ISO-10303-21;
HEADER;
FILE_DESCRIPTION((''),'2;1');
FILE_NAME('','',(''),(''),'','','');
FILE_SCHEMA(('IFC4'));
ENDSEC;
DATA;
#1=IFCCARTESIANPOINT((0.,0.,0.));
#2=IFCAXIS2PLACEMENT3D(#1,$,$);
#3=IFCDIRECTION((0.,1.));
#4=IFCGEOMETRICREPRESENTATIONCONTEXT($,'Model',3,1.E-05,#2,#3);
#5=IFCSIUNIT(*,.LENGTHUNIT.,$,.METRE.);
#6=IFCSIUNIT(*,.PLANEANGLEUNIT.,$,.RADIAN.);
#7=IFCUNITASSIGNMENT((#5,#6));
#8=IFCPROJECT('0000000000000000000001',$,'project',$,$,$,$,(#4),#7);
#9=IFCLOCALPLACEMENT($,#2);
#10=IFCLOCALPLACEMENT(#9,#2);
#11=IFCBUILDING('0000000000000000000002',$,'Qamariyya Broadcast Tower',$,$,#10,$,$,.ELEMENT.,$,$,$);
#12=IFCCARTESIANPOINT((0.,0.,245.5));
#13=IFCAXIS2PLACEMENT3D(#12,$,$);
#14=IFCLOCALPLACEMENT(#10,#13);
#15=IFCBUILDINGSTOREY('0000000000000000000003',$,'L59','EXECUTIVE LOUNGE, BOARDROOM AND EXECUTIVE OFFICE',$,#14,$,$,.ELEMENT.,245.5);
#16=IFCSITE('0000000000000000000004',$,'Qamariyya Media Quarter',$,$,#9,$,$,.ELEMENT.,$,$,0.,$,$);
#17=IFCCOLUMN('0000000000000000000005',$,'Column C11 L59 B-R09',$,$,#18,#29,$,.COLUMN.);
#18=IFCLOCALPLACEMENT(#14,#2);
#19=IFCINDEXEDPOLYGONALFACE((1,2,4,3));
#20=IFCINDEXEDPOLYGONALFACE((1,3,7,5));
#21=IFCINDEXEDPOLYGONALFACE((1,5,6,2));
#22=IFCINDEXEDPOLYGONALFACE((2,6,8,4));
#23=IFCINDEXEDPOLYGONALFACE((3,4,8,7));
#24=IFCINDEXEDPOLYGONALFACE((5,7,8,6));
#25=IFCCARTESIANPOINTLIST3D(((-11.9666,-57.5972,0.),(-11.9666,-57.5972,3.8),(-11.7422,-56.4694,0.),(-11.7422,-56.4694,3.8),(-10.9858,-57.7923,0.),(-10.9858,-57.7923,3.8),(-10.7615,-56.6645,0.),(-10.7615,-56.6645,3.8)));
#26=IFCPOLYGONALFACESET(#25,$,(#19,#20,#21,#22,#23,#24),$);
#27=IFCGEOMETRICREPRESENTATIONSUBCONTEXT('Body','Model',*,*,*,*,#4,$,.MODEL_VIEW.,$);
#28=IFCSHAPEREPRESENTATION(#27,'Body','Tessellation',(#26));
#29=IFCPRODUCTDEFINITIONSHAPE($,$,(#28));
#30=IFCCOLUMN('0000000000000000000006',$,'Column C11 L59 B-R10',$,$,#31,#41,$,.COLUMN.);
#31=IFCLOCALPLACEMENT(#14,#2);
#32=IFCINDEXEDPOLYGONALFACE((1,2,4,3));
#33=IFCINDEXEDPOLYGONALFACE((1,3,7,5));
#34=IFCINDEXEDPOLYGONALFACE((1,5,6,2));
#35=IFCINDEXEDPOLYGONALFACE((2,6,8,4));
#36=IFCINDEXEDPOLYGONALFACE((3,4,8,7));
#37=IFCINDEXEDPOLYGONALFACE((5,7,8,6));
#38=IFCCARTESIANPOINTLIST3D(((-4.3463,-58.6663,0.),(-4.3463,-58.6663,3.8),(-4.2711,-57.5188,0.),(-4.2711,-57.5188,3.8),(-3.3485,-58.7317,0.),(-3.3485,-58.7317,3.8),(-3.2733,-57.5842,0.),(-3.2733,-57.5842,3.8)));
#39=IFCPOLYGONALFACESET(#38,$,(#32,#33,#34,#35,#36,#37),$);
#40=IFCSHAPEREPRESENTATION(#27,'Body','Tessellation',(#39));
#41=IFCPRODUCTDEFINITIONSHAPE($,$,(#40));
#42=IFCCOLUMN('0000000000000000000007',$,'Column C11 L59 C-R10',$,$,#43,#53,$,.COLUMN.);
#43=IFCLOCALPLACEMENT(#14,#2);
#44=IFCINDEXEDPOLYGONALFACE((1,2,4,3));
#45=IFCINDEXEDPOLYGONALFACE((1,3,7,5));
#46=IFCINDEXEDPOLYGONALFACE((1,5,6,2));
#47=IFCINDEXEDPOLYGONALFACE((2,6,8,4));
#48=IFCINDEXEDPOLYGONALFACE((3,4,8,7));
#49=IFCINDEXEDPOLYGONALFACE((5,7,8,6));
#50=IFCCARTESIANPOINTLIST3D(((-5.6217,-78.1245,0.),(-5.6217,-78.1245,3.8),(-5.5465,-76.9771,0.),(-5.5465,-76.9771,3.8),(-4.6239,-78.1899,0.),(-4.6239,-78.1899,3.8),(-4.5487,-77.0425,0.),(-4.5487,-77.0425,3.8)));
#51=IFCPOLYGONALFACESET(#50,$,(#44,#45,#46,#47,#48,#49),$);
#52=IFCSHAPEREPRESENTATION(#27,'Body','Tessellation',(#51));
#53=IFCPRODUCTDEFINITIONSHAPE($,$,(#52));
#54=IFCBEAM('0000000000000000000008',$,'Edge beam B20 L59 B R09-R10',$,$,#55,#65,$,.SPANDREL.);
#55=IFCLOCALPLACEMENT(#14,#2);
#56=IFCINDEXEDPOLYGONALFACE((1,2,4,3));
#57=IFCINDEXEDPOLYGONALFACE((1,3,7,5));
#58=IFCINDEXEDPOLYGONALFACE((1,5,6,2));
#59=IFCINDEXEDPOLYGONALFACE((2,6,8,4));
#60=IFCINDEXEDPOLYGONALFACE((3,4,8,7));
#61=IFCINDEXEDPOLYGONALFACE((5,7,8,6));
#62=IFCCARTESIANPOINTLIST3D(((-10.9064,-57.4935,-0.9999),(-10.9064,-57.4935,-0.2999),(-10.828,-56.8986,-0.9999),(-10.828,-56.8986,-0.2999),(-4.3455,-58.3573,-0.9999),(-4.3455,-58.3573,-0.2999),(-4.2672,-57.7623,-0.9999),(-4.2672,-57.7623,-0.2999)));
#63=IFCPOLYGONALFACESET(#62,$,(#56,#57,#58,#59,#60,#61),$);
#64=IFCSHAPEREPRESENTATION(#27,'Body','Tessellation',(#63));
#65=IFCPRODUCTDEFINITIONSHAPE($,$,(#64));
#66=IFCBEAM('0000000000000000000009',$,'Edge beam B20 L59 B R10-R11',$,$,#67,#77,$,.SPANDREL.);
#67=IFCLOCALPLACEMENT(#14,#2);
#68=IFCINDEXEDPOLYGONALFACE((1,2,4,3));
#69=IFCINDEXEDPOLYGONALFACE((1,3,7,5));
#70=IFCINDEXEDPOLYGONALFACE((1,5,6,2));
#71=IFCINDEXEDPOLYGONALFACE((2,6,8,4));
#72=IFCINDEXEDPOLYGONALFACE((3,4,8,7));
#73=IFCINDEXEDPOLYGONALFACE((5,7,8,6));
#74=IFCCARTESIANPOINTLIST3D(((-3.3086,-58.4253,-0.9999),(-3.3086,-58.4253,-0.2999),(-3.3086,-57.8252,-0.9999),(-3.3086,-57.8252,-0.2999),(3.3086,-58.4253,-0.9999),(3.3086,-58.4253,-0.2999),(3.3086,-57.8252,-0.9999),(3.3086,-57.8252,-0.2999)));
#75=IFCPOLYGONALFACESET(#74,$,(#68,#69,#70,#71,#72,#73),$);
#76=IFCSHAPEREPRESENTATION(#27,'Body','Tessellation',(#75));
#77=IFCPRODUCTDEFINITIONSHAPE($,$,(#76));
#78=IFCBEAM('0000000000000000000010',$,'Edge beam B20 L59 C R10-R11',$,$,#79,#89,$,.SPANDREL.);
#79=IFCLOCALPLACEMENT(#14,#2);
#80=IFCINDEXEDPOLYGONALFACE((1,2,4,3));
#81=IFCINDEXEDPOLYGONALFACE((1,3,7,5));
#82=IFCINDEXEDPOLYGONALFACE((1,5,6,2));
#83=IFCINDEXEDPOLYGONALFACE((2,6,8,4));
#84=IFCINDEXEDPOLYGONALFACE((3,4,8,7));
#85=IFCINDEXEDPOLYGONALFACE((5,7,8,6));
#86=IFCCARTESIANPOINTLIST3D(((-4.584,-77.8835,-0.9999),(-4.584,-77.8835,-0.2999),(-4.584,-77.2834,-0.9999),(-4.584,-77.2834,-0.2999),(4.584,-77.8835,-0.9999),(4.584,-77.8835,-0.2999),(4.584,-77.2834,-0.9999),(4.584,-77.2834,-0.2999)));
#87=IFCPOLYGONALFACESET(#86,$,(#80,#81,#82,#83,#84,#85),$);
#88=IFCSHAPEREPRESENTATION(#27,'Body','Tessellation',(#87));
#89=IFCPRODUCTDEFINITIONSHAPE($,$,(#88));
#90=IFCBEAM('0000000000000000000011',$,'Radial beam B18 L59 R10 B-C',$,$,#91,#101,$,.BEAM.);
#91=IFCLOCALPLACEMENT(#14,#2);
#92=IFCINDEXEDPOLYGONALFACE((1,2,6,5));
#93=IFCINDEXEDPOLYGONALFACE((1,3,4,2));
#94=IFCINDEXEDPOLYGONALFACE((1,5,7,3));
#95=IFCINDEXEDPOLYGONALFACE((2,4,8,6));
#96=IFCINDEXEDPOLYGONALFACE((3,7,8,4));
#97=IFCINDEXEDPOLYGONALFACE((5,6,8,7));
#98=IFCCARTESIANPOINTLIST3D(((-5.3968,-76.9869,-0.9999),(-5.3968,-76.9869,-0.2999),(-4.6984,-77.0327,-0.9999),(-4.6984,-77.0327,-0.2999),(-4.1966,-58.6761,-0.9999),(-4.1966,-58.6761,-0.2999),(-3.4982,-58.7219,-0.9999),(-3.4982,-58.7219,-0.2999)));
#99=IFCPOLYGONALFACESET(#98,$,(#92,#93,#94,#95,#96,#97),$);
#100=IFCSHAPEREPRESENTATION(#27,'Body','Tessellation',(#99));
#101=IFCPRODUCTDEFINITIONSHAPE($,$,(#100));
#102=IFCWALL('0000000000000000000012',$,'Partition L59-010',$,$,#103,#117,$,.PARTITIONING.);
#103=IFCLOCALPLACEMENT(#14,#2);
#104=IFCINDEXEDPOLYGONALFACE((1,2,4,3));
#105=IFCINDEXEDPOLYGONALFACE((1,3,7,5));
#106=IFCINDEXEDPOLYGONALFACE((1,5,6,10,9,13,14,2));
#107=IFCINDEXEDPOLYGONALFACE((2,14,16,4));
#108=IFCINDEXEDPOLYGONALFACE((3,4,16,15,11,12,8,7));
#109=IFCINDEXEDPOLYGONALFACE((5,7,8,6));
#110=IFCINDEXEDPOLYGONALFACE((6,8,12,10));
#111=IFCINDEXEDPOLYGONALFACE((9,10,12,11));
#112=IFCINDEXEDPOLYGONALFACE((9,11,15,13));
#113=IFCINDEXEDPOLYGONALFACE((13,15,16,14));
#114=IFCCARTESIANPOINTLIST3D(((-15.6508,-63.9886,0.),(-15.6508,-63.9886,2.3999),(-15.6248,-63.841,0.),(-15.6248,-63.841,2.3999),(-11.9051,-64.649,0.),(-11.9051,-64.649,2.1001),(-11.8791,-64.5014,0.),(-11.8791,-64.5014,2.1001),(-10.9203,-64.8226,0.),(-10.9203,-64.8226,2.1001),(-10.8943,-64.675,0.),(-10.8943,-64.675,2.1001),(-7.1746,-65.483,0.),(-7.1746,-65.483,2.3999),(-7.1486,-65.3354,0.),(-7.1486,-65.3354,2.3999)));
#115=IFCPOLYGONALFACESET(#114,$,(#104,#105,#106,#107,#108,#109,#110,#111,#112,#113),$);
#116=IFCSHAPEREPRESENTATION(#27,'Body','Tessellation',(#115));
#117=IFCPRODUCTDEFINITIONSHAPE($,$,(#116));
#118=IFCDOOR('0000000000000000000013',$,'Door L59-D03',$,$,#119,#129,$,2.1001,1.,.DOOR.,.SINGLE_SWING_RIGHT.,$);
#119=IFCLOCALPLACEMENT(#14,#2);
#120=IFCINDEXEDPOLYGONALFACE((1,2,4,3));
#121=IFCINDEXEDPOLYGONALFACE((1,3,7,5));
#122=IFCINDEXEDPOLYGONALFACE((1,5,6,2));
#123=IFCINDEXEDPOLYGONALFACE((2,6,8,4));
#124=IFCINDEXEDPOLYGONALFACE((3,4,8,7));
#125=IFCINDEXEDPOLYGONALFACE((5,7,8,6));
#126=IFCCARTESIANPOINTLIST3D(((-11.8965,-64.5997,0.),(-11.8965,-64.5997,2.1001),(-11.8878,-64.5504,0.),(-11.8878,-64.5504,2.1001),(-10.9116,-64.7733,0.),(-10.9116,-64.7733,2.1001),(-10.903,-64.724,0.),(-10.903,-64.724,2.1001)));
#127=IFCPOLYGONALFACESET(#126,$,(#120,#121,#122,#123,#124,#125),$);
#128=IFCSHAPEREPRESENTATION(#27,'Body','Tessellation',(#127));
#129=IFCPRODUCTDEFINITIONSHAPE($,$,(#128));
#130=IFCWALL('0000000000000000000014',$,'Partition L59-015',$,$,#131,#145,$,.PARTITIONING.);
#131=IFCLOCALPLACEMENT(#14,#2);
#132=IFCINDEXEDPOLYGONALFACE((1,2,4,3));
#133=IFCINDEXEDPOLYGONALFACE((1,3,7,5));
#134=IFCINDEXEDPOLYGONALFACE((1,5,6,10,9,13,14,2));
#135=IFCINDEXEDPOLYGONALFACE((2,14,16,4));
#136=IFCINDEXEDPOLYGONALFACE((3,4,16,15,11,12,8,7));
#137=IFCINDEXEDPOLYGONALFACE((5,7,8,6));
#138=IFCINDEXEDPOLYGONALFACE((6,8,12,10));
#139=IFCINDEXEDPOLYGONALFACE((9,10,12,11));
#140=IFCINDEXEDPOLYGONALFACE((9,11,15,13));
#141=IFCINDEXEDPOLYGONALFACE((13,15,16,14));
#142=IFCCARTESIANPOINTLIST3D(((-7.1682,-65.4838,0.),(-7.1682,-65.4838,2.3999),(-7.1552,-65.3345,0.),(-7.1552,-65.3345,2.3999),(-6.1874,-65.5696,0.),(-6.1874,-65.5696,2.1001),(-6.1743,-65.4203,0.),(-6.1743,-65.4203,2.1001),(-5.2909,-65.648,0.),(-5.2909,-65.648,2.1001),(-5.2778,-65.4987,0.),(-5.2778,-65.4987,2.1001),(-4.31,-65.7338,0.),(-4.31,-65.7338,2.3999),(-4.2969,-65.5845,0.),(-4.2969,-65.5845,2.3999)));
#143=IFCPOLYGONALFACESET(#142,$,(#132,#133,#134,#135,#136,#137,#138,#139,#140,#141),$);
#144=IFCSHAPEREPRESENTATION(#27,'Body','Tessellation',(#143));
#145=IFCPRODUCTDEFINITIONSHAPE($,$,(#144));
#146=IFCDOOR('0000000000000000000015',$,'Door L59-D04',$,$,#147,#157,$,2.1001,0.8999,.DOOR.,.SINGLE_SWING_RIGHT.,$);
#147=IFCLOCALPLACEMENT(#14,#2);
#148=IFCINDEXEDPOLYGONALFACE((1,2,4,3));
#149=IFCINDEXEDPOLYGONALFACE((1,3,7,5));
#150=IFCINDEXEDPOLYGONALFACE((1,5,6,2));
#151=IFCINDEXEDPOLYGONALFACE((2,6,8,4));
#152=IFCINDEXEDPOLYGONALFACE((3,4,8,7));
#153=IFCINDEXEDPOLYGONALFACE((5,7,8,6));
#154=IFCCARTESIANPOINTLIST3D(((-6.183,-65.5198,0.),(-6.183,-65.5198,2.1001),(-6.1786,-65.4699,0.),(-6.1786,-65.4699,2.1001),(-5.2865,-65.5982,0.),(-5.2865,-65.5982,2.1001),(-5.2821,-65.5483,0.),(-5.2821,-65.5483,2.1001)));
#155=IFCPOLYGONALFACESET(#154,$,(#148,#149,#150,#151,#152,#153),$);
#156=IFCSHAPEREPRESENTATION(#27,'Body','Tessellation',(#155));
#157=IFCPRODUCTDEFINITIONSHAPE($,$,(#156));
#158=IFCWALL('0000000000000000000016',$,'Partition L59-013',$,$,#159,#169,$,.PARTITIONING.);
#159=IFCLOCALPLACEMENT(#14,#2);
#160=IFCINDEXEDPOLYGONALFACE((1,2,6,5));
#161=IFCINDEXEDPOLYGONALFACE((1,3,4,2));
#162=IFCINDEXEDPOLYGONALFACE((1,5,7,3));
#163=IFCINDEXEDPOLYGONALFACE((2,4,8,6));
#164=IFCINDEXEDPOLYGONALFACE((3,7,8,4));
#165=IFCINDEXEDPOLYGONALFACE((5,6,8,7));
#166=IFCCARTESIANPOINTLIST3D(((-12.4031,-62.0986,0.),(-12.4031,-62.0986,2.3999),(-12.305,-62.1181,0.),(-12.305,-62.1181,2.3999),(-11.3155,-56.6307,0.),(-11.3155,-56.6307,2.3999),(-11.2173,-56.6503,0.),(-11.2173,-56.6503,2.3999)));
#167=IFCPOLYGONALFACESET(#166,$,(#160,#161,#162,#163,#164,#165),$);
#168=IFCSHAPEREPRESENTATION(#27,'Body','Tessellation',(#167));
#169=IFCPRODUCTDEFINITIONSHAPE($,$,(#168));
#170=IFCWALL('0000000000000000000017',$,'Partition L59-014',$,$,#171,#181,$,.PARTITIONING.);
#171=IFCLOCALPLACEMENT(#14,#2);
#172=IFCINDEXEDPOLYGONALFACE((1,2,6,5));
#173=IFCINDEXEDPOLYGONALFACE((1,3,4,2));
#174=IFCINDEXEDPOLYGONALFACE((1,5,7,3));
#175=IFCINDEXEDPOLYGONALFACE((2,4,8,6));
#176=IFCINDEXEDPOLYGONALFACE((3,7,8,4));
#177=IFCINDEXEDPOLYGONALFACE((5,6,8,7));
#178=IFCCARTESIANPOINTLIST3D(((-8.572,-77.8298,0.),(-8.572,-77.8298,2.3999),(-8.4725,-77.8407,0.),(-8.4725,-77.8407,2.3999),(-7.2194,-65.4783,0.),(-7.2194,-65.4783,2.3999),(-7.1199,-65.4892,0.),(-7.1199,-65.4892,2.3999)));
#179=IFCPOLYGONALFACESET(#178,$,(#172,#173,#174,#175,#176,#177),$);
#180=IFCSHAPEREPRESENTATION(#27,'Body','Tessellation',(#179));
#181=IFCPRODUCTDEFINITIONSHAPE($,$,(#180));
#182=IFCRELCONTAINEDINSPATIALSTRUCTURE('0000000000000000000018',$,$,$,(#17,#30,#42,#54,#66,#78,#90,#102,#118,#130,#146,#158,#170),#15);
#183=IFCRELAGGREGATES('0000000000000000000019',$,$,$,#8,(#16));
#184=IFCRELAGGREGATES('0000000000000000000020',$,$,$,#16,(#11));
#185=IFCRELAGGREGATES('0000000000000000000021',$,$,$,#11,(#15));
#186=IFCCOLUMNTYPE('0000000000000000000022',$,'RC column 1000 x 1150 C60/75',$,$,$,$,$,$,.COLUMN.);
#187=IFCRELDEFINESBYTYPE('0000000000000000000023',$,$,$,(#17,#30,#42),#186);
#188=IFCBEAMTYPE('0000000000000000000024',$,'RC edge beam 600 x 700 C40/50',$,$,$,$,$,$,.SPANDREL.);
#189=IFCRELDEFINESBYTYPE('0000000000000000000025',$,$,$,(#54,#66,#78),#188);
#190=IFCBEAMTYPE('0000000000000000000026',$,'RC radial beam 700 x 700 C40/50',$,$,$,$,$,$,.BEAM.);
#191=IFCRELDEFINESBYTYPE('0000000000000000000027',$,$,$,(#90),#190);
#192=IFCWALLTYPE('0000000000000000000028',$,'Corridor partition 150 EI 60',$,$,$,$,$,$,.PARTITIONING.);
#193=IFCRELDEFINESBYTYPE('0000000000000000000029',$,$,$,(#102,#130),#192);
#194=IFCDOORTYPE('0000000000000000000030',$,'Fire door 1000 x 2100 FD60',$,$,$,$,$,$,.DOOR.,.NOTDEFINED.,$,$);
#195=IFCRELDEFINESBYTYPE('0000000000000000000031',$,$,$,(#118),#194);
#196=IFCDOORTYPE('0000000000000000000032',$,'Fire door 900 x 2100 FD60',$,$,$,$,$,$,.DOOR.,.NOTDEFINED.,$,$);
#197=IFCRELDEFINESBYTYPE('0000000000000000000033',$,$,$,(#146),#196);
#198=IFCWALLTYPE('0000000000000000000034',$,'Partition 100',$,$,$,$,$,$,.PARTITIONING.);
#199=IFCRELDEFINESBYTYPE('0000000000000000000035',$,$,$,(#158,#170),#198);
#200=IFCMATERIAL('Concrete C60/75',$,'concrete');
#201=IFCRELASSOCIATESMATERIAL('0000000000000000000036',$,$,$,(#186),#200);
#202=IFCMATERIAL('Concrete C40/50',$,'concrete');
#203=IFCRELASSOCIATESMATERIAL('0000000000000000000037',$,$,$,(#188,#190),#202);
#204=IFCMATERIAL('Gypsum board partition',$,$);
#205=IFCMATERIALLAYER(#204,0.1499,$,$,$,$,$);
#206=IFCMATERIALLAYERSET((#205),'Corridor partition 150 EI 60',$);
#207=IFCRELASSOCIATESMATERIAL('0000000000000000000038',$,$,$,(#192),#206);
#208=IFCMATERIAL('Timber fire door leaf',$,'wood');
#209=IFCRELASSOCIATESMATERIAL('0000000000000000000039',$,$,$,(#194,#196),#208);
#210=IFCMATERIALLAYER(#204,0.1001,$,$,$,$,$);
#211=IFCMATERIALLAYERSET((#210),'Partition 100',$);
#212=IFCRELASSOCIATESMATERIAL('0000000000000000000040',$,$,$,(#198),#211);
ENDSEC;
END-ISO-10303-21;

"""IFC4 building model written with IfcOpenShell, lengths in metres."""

from ifc_helpers import new_model, si_unit, direction, frame, frame_2d, origin, origin_2d, place, context, subcontext, project, spatial, rectangle, extrude, material, layer, layer_set, material_profile, profile_set, type_object, element, fill, save


model = new_model("IFC4")

# Units and contexts
model_context = context("Model", 3, precision=1e-05, world=origin(), true_north=direction((0.0, 1.0)))
body_context = subcontext(model_context, "Body", "Model", "MODEL_VIEW")
ifc_project = project(units=[si_unit("LENGTHUNIT", "METRE"), si_unit("PLANEANGLEUNIT", "RADIAN")], contexts=[model_context])

# Site, building, storey
site_placement = place(None, origin())
site = spatial("IfcSite", under=ifc_project, at=site_placement, Name="Qamariyya Media Quarter", CompositionType="ELEMENT", RefElevation=0.0)
building_placement = place(site_placement, origin())
building = spatial("IfcBuilding", under=site, at=building_placement, Name="Qamariyya Broadcast Tower", CompositionType="ELEMENT")
storey_placement = place(building_placement, frame((0.0, 0.0, 245.5)))
storey = spatial("IfcBuildingStorey", under=building, at=storey_placement, Name="L59", Description="EXECUTIVE LOUNGE, BOARDROOM AND EXECUTIVE OFFICE", CompositionType="ELEMENT", Elevation=245.5)

# Columns
ifc_material_1 = material(Name="Concrete C60/75", Category="concrete")
ifc_material_profile_1 = material_profile(ifc_material_1, rectangle(XDim=1.0, YDim=1.1499, at=origin_2d()))
ifc_profile_set_1 = profile_set([ifc_material_profile_1], Name="Concrete C60/75")
column_type = type_object("IfcColumnType", Name="RC column 1000 x 1150 C60/75", PredefinedType="COLUMN", material=ifc_profile_set_1)
for number, where, z_axis, x_axis, name in (
    (1, (-11.364, -57.1309, 0.0), (0.0, 0.0, 1.0), (0.980785, -0.19509, 0.0), "Column C11 L59 B-R09"),
    (2, (-3.8098, -58.1252, 0.0), (0.0, 0.0, 1.0), (0.997859, -0.065403, 0.0), "Column C11 L59 B-R10"),
    (3, (-5.0852, -77.5835, 0.0), (0.0, 0.0, 1.0), (0.997859, -0.065403, 0.0), "Column C11 L59 C-R10"),
):
    element("IfcColumn", number, at=place(storey_placement, frame(where, z_axis=z_axis, x_axis=x_axis)), inside=storey, type_object=column_type, Name=name, PredefinedType="COLUMN", context=body_context, shape_type="SweptSolid", body=[
        extrude(rectangle(XDim=1.0, YDim=1.1499, at=origin_2d()), origin(), (0.0, 0.0, 1.0), 3.8),
    ])

# Beams
ifc_material_2 = material(Name="Concrete C40/50", Category="concrete")
ifc_material_profile_2 = material_profile(ifc_material_2, rectangle(XDim=0.6001, YDim=0.7, at=origin_2d()))
ifc_profile_set_2 = profile_set([ifc_material_profile_2], Name="Concrete C40/50")
beam_type_1 = type_object("IfcBeamType", Name="RC edge beam 600 x 700 C40/50", PredefinedType="SPANDREL", material=ifc_profile_set_2)
beam_1_placement = place(storey_placement, frame((-10.8672, -57.196, -0.6499), z_axis=(0.991444, -0.13053, 0.0), x_axis=(0.13053, 0.991444, 0.0)))
element("IfcBeam", 4, at=beam_1_placement, inside=storey, type_object=beam_type_1, Name="Edge beam B20 L59 B R09-R10", PredefinedType="SPANDREL", context=body_context, shape_type="SweptSolid", body=[
    extrude(rectangle(XDim=0.6001, YDim=0.7, at=origin_2d()), origin(), (0.0, 0.0, 1.0), 6.6174),
])
beam_2_placement = place(storey_placement, frame((-3.3086, -58.1252, -0.6499), z_axis=(1.0, 0.0, 0.0), x_axis=(0.0, 1.0, 0.0)))
element("IfcBeam", 5, at=beam_2_placement, inside=storey, type_object=beam_type_1, Name="Edge beam B20 L59 B R10-R11", PredefinedType="SPANDREL", context=body_context, shape_type="SweptSolid", body=[
    extrude(rectangle(XDim=0.6001, YDim=0.7, at=origin_2d()), origin(), (0.0, 0.0, 1.0), 6.6172),
])
beam_3_placement = place(storey_placement, frame((-4.584, -77.5835, -0.6499), z_axis=(1.0, 0.0, 0.0), x_axis=(0.0, 1.0, 0.0)))
element("IfcBeam", 6, at=beam_3_placement, inside=storey, type_object=beam_type_1, Name="Edge beam B20 L59 C R10-R11", PredefinedType="SPANDREL", context=body_context, shape_type="SweptSolid", body=[
    extrude(rectangle(XDim=0.6001, YDim=0.7, at=origin_2d()), origin(), (0.0, 0.0, 1.0), 9.168),
])
ifc_material_profile_3 = material_profile(ifc_material_2, rectangle(XDim=0.7, YDim=0.7, at=origin_2d()))
ifc_profile_set_3 = profile_set([ifc_material_profile_3], Name="Concrete C40/50")
beam_type_2 = type_object("IfcBeamType", Name="RC radial beam 700 x 700 C40/50", PredefinedType="BEAM", material=ifc_profile_set_3)
beam_4_placement = place(storey_placement, frame((-3.8474, -58.699, -0.6499), z_axis=(-0.065405, -0.997859, 0.0), x_axis=(0.997859, -0.065405, 0.0)))
element("IfcBeam", 7, at=beam_4_placement, inside=storey, type_object=beam_type_2, Name="Radial beam B18 L59 R10 B-C", PredefinedType="BEAM", context=body_context, shape_type="SweptSolid", body=[
    extrude(rectangle(XDim=0.7, YDim=0.7, at=origin_2d()), origin(), (0.0, 0.0, 1.0), 18.3501),
])

# Walls, openings, doors
ifc_material_3 = material(Name="Gypsum board partition")
ifc_layer_1 = layer(ifc_material_3, 0.1499)
ifc_layer_set_1 = layer_set([ifc_layer_1], Name="Corridor partition 150 EI 60")
wall_type_1 = type_object("IfcWallType", Name="Corridor partition 150 EI 60", PredefinedType="PARTITIONING", material=ifc_layer_set_1)
wall_1_placement = place(storey_placement, frame((-7.1616, -65.4092, 0.0), z_axis=(0.0, 0.0, 1.0), x_axis=(-0.984812, 0.173624, 0.0)))
wall_1 = element("IfcWall", 8, at=wall_1_placement, inside=storey, type_object=wall_type_1, Name="Partition L59-010", PredefinedType="PARTITIONING", context=body_context, shape_type="SweptSolid", body=[
    extrude(rectangle(XDim=8.6069, YDim=0.1499, at=frame_2d((4.3035, 0.0))), origin(), (0.0, 0.0, 1.0), 2.3999),
])
opening_1_placement = place(wall_1_placement, frame((3.8035, 0.0, 0.0)))
opening_1 = element("IfcOpeningElement", 9, at=opening_1_placement, cuts=wall_1, PredefinedType="OPENING", context=body_context, shape_type="SweptSolid", body=[
    extrude(rectangle(XDim=1.0, YDim=2.1001, at=frame_2d((0.5, 1.05))), frame((0.0, 0.085, 0.0), z_axis=(0.0, -1.0, 0.0), x_axis=(1.0, 0.0, 0.0)), (0.0, 0.0, 1.0), 0.1699),
])
ifc_material_4 = material(Name="Timber fire door leaf", Category="wood")
door_type_1 = type_object("IfcDoorType", Name="Fire door 1000 x 2100 FD60", OperationType="NOTDEFINED", PredefinedType="DOOR", material=ifc_material_4)
door_1_placement = place(opening_1_placement, origin())
door_1 = element("IfcDoor", 10, at=door_1_placement, inside=storey, type_object=door_type_1, Name="Door L59-D03", OperationType="SINGLE_SWING_RIGHT", OverallHeight=2.1001, OverallWidth=1.0, PredefinedType="DOOR", context=body_context, shape_type="SweptSolid", body=[
    extrude(rectangle(XDim=1.0, YDim=2.1001, at=frame_2d((0.5, 1.05))), frame((0.0, 0.0249, 0.0), z_axis=(0.0, -1.0, 0.0), x_axis=(1.0, 0.0, 0.0)), (0.0, 0.0, 1.0), 0.05),
])
fill(opening_1, door_1)
wall_2_placement = place(storey_placement, frame((-4.3035, -65.6592, 0.0), z_axis=(0.0, 0.0, 1.0), x_axis=(-0.996196, 0.087136, 0.0)))
wall_2 = element("IfcWall", 11, at=wall_2_placement, inside=storey, type_object=wall_type_1, Name="Partition L59-015", PredefinedType="PARTITIONING", context=body_context, shape_type="SweptSolid", body=[
    extrude(rectangle(XDim=2.8691, YDim=0.1499, at=frame_2d((1.4346, 0.0))), origin(), (0.0, 0.0, 1.0), 2.3999),
])
opening_2_placement = place(wall_2_placement, frame((0.9846, 0.0, 0.0)))
opening_2 = element("IfcOpeningElement", 12, at=opening_2_placement, cuts=wall_2, PredefinedType="OPENING", context=body_context, shape_type="SweptSolid", body=[
    extrude(rectangle(XDim=0.8999, YDim=2.1001, at=frame_2d((0.45, 1.05))), frame((0.0, 0.085, 0.0), z_axis=(0.0, -1.0, 0.0), x_axis=(1.0, 0.0, 0.0)), (0.0, 0.0, 1.0), 0.1699),
])
door_type_2 = type_object("IfcDoorType", Name="Fire door 900 x 2100 FD60", OperationType="NOTDEFINED", PredefinedType="DOOR", material=ifc_material_4)
door_2_placement = place(opening_2_placement, origin())
door_2 = element("IfcDoor", 13, at=door_2_placement, inside=storey, type_object=door_type_2, Name="Door L59-D04", OperationType="SINGLE_SWING_RIGHT", OverallHeight=2.1001, OverallWidth=0.8999, PredefinedType="DOOR", context=body_context, shape_type="SweptSolid", body=[
    extrude(rectangle(XDim=0.8999, YDim=2.1001, at=frame_2d((0.45, 1.05))), frame((0.0, 0.0249, 0.0), z_axis=(0.0, -1.0, 0.0), x_axis=(1.0, 0.0, 0.0)), (0.0, 0.0, 1.0), 0.05),
])
fill(opening_2, door_2)

# Walls
ifc_layer_2 = layer(ifc_material_3, 0.1001)
ifc_layer_set_2 = layer_set([ifc_layer_2], Name="Partition 100")
wall_type_2 = type_object("IfcWallType", Name="Partition 100", PredefinedType="PARTITIONING", material=ifc_layer_set_2)
wall_3_placement = place(storey_placement, frame((-11.2664, -56.6404, 0.0), z_axis=(0.0, 0.0, 1.0), x_axis=(-0.195097, -0.980784, 0.0)))
element("IfcWall", 14, at=wall_3_placement, inside=storey, type_object=wall_type_2, Name="Partition L59-013", PredefinedType="PARTITIONING", context=body_context, shape_type="SweptSolid", body=[
    extrude(rectangle(XDim=5.575, YDim=0.1001, at=frame_2d((2.7876, 0.0))), origin(), (0.0, 0.0, 1.0), 2.3999),
])
wall_4_placement = place(storey_placement, frame((-8.5222, -77.8352, 0.0), z_axis=(0.0, 0.0, 1.0), x_axis=(0.108853, 0.994058, 0.0)))
element("IfcWall", 15, at=wall_4_placement, inside=storey, type_object=wall_type_2, Name="Partition L59-014", PredefinedType="PARTITIONING", context=body_context, shape_type="SweptSolid", body=[
    extrude(rectangle(XDim=12.4253, YDim=0.1001, at=frame_2d((6.2126, 0.0))), origin(), (0.0, 0.0, 1.0), 2.3999),
])

save(model, "model.ifc")
